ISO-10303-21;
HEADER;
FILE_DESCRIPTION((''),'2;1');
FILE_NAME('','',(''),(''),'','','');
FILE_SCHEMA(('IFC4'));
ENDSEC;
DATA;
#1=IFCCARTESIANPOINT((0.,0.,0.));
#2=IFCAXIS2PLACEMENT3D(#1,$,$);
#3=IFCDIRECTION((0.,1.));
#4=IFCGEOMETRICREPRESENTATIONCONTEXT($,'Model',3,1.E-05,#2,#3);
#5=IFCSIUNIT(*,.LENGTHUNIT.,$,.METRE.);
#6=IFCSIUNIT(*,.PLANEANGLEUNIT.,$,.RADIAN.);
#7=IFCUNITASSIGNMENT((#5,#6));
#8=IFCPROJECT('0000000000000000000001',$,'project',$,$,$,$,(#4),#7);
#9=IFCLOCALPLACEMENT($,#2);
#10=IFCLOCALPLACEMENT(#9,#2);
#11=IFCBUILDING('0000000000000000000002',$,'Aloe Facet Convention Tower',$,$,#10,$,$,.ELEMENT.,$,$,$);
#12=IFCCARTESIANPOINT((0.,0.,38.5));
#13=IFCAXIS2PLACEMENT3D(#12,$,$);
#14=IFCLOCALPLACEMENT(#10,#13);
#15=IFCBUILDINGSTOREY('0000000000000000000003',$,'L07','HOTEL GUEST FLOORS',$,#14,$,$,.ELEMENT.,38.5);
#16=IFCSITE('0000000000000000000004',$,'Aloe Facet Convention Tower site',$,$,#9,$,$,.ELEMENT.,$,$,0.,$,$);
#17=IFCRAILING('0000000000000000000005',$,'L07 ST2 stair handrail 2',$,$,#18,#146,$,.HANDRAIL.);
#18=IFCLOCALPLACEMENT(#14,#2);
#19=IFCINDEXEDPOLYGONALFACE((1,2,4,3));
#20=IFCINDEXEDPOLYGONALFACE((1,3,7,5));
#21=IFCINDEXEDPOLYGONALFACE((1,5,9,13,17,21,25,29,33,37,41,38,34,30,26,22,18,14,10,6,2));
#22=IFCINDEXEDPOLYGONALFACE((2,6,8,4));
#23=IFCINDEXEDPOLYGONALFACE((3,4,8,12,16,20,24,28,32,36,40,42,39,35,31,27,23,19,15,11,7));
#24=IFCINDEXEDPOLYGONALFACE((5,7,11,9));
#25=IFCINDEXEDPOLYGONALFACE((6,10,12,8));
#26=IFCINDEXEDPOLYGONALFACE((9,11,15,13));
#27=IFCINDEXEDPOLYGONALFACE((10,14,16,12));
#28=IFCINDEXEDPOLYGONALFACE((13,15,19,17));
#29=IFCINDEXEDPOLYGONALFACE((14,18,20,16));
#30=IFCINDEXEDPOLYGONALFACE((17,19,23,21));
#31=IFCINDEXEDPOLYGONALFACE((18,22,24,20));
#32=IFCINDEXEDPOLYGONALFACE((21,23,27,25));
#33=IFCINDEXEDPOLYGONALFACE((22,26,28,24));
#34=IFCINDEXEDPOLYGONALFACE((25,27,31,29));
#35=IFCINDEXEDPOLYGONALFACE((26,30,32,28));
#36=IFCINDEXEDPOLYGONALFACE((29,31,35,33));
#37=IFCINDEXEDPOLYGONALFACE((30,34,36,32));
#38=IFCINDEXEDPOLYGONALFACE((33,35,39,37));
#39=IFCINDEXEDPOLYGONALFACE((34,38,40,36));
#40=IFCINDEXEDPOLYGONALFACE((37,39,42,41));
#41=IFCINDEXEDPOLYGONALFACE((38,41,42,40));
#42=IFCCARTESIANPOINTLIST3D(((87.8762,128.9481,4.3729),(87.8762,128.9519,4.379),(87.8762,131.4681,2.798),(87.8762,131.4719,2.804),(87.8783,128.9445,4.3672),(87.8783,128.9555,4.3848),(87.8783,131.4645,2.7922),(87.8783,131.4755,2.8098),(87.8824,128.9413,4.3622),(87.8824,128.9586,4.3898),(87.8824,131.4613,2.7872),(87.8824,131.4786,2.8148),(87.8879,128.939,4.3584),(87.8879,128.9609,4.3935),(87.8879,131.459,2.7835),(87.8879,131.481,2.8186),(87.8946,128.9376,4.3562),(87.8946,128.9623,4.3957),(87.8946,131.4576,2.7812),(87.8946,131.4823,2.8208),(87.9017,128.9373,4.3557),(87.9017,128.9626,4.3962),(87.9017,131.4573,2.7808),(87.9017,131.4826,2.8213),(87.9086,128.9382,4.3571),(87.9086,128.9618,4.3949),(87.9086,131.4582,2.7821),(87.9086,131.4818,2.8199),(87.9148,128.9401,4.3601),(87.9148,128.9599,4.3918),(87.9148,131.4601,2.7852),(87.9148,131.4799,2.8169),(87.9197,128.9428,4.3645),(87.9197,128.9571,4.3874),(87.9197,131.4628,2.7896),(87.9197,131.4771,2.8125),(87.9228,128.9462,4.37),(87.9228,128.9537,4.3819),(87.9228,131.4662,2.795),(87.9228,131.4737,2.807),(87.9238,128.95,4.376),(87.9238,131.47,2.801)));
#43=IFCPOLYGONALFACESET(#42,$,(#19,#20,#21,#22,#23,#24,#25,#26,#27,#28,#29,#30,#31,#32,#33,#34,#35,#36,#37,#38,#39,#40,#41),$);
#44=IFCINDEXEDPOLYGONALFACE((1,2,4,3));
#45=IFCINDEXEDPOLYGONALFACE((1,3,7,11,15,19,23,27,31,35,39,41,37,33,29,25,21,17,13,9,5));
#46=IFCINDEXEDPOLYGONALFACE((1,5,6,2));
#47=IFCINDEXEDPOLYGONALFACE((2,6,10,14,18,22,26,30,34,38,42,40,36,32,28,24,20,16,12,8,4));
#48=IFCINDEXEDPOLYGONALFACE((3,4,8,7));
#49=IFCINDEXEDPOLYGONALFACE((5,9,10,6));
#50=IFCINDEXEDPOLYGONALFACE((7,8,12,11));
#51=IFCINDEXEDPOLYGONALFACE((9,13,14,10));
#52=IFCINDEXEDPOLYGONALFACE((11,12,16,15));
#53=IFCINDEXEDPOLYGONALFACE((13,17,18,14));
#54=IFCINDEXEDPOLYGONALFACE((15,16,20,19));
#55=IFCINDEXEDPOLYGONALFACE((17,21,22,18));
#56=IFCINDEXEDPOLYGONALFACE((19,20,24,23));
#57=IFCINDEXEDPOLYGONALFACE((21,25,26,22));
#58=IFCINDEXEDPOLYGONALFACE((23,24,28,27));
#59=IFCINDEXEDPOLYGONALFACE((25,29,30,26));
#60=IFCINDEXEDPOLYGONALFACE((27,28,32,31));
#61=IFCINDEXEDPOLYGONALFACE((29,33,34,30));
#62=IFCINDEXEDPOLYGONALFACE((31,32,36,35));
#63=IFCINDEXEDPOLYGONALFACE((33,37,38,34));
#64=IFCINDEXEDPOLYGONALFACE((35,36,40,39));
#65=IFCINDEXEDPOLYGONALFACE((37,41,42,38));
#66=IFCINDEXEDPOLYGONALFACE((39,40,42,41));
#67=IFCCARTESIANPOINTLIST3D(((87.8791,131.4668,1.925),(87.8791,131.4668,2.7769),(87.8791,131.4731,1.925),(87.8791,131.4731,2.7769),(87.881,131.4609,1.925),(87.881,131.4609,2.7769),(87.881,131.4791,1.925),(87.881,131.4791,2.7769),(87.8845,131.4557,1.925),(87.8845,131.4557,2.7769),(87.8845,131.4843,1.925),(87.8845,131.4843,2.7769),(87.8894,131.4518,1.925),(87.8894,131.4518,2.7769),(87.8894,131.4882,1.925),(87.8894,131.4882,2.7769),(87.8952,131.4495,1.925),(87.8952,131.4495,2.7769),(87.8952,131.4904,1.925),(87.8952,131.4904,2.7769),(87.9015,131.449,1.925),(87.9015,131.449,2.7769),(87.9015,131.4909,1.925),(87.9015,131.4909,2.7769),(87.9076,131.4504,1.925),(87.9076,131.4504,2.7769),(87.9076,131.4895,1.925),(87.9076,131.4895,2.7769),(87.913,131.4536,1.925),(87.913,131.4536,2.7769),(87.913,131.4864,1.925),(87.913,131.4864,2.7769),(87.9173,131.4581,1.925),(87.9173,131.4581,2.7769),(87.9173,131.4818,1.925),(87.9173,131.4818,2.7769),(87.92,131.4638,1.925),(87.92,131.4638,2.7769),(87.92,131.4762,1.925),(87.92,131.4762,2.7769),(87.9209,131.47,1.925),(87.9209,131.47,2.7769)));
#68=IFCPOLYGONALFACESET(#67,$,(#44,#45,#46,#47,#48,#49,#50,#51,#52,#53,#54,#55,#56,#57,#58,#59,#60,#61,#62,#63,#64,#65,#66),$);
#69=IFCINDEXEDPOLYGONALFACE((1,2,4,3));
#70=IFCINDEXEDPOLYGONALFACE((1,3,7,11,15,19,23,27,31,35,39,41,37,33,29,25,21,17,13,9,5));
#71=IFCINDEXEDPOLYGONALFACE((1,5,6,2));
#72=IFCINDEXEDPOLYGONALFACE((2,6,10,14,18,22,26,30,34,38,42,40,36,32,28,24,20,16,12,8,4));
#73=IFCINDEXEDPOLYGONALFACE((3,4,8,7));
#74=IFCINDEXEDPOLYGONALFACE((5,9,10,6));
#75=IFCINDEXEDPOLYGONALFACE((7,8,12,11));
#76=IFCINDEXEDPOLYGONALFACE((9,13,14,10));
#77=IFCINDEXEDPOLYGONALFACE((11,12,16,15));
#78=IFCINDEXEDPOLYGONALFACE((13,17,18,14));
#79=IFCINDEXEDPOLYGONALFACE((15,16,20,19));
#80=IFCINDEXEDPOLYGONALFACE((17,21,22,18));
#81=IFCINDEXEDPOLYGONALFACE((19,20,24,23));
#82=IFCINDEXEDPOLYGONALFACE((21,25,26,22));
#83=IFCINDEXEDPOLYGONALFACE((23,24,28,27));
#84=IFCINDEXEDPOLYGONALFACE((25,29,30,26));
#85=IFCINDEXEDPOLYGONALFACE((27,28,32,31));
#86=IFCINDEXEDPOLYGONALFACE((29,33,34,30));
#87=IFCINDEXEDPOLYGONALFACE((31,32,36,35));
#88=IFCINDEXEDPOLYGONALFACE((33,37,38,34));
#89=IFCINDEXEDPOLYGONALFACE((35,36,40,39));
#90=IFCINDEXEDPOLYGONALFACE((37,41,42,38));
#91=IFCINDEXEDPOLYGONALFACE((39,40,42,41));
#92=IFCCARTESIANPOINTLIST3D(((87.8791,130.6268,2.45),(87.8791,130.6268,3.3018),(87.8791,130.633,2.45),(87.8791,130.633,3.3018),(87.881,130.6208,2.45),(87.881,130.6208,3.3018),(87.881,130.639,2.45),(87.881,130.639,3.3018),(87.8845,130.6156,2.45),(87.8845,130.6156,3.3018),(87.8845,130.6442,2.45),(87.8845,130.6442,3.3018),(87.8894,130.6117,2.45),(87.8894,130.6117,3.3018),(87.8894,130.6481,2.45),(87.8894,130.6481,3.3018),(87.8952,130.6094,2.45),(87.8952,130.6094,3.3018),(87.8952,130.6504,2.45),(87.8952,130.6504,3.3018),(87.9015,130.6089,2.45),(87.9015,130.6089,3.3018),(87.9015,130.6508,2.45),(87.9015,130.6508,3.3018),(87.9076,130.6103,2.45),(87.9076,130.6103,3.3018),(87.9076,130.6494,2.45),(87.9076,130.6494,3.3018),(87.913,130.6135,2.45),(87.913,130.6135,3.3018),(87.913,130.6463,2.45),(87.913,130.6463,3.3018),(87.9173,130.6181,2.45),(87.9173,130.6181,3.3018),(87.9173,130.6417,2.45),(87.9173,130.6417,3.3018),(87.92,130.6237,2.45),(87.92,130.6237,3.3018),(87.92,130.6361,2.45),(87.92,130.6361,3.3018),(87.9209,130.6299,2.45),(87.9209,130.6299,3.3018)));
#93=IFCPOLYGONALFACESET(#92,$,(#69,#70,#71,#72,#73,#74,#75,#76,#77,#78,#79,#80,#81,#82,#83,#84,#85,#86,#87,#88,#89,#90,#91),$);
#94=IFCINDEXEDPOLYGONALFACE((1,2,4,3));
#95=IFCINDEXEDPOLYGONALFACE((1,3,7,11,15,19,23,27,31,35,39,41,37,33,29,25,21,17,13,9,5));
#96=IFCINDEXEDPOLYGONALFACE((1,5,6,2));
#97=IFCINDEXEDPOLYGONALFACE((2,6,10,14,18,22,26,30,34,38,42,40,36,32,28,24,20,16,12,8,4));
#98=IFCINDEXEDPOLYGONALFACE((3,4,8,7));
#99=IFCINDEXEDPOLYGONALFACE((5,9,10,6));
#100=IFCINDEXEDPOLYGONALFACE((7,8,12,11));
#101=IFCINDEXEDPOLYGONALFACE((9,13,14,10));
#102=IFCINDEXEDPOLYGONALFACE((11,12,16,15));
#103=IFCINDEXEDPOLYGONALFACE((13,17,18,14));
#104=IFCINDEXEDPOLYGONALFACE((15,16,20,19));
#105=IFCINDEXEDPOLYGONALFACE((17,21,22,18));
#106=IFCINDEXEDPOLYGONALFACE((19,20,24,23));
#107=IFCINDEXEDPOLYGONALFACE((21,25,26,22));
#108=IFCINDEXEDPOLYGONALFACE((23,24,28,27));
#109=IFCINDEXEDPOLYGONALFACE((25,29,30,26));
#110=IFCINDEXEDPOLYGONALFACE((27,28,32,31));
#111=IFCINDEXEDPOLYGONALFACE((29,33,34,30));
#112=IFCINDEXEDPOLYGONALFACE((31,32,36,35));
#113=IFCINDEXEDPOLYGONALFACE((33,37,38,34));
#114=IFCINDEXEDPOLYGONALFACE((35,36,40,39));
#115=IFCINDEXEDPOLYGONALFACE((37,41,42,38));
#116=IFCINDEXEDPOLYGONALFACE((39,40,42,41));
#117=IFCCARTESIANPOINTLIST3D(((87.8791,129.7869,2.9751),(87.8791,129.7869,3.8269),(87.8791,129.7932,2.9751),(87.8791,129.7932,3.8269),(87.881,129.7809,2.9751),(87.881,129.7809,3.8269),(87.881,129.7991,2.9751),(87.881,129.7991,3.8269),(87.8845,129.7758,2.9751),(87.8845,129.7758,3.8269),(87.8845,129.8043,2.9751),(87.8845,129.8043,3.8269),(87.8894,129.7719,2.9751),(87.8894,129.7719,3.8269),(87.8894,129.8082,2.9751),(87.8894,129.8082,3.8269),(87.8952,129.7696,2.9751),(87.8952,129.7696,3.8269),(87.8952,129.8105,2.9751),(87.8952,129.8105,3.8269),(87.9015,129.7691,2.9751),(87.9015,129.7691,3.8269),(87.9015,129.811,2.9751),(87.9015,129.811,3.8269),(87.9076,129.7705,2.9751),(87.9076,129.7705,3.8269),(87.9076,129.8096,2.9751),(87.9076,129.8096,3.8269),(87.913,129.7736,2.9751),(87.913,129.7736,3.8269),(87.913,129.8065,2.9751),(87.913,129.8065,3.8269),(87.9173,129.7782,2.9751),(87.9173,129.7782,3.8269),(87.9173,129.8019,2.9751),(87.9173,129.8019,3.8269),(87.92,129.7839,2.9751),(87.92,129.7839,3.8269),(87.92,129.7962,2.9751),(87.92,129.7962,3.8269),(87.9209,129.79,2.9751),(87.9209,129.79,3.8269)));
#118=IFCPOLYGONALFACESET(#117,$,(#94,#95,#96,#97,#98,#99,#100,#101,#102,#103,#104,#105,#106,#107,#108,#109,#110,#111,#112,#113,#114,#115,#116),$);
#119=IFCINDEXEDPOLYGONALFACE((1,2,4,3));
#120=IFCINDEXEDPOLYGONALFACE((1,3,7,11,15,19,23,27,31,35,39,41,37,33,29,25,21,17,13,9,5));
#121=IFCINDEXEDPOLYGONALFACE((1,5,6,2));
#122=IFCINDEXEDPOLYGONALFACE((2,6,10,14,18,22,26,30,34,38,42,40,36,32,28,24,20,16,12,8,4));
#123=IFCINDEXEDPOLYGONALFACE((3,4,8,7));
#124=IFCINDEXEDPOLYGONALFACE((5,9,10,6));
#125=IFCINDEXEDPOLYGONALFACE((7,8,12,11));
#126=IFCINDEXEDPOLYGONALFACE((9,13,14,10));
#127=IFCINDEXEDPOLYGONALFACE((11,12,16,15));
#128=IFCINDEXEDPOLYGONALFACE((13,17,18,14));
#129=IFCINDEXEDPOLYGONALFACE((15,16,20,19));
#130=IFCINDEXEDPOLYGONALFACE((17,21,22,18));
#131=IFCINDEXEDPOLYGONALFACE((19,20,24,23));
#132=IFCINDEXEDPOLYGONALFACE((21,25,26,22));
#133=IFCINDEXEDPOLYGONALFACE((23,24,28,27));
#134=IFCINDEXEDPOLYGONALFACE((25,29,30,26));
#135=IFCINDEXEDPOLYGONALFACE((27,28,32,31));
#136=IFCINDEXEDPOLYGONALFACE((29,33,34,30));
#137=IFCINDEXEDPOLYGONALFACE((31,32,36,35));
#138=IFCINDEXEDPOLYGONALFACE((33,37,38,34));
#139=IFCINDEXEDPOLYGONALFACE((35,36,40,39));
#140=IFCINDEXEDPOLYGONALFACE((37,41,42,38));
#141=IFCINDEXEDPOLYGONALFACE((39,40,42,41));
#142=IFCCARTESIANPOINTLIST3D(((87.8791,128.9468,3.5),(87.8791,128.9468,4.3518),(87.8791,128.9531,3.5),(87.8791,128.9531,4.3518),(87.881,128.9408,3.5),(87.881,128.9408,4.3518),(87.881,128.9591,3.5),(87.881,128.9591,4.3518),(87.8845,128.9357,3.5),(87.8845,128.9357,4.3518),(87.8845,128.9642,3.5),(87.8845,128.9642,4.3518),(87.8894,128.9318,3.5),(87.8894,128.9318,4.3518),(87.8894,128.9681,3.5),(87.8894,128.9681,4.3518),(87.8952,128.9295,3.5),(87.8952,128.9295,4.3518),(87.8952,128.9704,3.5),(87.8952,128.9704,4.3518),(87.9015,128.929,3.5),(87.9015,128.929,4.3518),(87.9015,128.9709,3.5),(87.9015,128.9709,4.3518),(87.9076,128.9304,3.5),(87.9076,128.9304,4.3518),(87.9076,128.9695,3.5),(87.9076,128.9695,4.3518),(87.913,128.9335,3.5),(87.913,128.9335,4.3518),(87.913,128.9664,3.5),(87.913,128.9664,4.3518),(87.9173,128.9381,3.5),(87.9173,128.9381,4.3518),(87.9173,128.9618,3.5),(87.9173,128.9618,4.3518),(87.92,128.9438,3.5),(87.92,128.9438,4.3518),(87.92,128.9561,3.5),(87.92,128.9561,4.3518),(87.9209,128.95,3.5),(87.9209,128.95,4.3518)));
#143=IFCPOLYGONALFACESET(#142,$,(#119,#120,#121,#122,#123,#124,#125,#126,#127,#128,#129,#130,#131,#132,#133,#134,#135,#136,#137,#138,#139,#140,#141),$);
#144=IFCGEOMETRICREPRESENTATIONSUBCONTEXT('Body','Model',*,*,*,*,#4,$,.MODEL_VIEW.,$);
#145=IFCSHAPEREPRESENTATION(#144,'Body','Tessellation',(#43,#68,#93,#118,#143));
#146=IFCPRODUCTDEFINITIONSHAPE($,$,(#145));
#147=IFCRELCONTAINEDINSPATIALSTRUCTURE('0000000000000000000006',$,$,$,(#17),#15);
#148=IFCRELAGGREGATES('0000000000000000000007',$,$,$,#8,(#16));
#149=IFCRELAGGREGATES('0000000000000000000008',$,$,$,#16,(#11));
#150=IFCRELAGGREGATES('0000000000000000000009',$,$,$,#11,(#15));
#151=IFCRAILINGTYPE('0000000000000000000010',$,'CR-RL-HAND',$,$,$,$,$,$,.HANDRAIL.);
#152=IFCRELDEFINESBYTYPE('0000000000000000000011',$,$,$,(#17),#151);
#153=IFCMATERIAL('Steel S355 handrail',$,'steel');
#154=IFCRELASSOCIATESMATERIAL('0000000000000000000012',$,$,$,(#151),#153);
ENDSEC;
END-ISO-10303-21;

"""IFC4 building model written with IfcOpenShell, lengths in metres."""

from ifc_helpers import new_model, si_unit, direction, frame, origin, origin_2d, place, context, subcontext, project, spatial, circle, extrude, material, type_object, element, save


model = new_model("IFC4")

# Units and contexts
model_context = context("Model", 3, precision=1e-05, world=origin(), true_north=direction((0.0, 1.0)))
body_context = subcontext(model_context, "Body", "Model", "MODEL_VIEW")
ifc_project = project(units=[si_unit("LENGTHUNIT", "METRE"), si_unit("PLANEANGLEUNIT", "RADIAN")], contexts=[model_context])

# Site, building, storey
site_placement = place(None, origin())
site = spatial("IfcSite", under=ifc_project, at=site_placement, Name="Aloe Facet Convention Tower site", CompositionType="ELEMENT", RefElevation=0.0)
building_placement = place(site_placement, origin())
building = spatial("IfcBuilding", under=site, at=building_placement, Name="Aloe Facet Convention Tower", CompositionType="ELEMENT")
storey_placement = place(building_placement, frame((0.0, 0.0, 38.5)))
storey = spatial("IfcBuildingStorey", under=building, at=storey_placement, Name="L07", Description="HOTEL GUEST FLOORS", CompositionType="ELEMENT", Elevation=38.5)

# Railing
ifc_material_1 = material(Name="Steel S355 handrail", Category="steel")
railing_type_1 = type_object("IfcRailingType", Name="CR-RL-HAND", PredefinedType="HANDRAIL", material=ifc_material_1)
railing_1_placement = place(storey_placement, frame((87.8999, 131.47, 1.925)))
element("IfcRailing", 1, at=railing_1_placement, inside=storey, type_object=railing_type_1, Name="L07 ST2 stair handrail 2", PredefinedType="HANDRAIL", context=body_context, shape_type="SweptSolid", body=[
    extrude(circle(Radius=0.0239, at=origin_2d()), frame((0.0, 0.0, 0.876), z_axis=(0.0, -0.848008, 0.529984), x_axis=(1.0, 0.0, 0.0)), (0.0, 0.0, 1.0), 2.9717),
    extrude(circle(Radius=0.021, at=origin_2d()), origin(), (0.0, 0.0, 1.0), 0.8518),
    extrude(circle(Radius=0.021, at=origin_2d()), frame((0.0, -0.8401, 0.5249)), (0.0, 0.0, 1.0), 0.8518),
    extrude(circle(Radius=0.021, at=origin_2d()), frame((0.0, -1.6799, 1.05)), (0.0, 0.0, 1.0), 0.8518),
    extrude(circle(Radius=0.021, at=origin_2d()), frame((0.0, -2.52, 1.575)), (0.0, 0.0, 1.0), 0.8518),
])

save(model, "model.ifc")
